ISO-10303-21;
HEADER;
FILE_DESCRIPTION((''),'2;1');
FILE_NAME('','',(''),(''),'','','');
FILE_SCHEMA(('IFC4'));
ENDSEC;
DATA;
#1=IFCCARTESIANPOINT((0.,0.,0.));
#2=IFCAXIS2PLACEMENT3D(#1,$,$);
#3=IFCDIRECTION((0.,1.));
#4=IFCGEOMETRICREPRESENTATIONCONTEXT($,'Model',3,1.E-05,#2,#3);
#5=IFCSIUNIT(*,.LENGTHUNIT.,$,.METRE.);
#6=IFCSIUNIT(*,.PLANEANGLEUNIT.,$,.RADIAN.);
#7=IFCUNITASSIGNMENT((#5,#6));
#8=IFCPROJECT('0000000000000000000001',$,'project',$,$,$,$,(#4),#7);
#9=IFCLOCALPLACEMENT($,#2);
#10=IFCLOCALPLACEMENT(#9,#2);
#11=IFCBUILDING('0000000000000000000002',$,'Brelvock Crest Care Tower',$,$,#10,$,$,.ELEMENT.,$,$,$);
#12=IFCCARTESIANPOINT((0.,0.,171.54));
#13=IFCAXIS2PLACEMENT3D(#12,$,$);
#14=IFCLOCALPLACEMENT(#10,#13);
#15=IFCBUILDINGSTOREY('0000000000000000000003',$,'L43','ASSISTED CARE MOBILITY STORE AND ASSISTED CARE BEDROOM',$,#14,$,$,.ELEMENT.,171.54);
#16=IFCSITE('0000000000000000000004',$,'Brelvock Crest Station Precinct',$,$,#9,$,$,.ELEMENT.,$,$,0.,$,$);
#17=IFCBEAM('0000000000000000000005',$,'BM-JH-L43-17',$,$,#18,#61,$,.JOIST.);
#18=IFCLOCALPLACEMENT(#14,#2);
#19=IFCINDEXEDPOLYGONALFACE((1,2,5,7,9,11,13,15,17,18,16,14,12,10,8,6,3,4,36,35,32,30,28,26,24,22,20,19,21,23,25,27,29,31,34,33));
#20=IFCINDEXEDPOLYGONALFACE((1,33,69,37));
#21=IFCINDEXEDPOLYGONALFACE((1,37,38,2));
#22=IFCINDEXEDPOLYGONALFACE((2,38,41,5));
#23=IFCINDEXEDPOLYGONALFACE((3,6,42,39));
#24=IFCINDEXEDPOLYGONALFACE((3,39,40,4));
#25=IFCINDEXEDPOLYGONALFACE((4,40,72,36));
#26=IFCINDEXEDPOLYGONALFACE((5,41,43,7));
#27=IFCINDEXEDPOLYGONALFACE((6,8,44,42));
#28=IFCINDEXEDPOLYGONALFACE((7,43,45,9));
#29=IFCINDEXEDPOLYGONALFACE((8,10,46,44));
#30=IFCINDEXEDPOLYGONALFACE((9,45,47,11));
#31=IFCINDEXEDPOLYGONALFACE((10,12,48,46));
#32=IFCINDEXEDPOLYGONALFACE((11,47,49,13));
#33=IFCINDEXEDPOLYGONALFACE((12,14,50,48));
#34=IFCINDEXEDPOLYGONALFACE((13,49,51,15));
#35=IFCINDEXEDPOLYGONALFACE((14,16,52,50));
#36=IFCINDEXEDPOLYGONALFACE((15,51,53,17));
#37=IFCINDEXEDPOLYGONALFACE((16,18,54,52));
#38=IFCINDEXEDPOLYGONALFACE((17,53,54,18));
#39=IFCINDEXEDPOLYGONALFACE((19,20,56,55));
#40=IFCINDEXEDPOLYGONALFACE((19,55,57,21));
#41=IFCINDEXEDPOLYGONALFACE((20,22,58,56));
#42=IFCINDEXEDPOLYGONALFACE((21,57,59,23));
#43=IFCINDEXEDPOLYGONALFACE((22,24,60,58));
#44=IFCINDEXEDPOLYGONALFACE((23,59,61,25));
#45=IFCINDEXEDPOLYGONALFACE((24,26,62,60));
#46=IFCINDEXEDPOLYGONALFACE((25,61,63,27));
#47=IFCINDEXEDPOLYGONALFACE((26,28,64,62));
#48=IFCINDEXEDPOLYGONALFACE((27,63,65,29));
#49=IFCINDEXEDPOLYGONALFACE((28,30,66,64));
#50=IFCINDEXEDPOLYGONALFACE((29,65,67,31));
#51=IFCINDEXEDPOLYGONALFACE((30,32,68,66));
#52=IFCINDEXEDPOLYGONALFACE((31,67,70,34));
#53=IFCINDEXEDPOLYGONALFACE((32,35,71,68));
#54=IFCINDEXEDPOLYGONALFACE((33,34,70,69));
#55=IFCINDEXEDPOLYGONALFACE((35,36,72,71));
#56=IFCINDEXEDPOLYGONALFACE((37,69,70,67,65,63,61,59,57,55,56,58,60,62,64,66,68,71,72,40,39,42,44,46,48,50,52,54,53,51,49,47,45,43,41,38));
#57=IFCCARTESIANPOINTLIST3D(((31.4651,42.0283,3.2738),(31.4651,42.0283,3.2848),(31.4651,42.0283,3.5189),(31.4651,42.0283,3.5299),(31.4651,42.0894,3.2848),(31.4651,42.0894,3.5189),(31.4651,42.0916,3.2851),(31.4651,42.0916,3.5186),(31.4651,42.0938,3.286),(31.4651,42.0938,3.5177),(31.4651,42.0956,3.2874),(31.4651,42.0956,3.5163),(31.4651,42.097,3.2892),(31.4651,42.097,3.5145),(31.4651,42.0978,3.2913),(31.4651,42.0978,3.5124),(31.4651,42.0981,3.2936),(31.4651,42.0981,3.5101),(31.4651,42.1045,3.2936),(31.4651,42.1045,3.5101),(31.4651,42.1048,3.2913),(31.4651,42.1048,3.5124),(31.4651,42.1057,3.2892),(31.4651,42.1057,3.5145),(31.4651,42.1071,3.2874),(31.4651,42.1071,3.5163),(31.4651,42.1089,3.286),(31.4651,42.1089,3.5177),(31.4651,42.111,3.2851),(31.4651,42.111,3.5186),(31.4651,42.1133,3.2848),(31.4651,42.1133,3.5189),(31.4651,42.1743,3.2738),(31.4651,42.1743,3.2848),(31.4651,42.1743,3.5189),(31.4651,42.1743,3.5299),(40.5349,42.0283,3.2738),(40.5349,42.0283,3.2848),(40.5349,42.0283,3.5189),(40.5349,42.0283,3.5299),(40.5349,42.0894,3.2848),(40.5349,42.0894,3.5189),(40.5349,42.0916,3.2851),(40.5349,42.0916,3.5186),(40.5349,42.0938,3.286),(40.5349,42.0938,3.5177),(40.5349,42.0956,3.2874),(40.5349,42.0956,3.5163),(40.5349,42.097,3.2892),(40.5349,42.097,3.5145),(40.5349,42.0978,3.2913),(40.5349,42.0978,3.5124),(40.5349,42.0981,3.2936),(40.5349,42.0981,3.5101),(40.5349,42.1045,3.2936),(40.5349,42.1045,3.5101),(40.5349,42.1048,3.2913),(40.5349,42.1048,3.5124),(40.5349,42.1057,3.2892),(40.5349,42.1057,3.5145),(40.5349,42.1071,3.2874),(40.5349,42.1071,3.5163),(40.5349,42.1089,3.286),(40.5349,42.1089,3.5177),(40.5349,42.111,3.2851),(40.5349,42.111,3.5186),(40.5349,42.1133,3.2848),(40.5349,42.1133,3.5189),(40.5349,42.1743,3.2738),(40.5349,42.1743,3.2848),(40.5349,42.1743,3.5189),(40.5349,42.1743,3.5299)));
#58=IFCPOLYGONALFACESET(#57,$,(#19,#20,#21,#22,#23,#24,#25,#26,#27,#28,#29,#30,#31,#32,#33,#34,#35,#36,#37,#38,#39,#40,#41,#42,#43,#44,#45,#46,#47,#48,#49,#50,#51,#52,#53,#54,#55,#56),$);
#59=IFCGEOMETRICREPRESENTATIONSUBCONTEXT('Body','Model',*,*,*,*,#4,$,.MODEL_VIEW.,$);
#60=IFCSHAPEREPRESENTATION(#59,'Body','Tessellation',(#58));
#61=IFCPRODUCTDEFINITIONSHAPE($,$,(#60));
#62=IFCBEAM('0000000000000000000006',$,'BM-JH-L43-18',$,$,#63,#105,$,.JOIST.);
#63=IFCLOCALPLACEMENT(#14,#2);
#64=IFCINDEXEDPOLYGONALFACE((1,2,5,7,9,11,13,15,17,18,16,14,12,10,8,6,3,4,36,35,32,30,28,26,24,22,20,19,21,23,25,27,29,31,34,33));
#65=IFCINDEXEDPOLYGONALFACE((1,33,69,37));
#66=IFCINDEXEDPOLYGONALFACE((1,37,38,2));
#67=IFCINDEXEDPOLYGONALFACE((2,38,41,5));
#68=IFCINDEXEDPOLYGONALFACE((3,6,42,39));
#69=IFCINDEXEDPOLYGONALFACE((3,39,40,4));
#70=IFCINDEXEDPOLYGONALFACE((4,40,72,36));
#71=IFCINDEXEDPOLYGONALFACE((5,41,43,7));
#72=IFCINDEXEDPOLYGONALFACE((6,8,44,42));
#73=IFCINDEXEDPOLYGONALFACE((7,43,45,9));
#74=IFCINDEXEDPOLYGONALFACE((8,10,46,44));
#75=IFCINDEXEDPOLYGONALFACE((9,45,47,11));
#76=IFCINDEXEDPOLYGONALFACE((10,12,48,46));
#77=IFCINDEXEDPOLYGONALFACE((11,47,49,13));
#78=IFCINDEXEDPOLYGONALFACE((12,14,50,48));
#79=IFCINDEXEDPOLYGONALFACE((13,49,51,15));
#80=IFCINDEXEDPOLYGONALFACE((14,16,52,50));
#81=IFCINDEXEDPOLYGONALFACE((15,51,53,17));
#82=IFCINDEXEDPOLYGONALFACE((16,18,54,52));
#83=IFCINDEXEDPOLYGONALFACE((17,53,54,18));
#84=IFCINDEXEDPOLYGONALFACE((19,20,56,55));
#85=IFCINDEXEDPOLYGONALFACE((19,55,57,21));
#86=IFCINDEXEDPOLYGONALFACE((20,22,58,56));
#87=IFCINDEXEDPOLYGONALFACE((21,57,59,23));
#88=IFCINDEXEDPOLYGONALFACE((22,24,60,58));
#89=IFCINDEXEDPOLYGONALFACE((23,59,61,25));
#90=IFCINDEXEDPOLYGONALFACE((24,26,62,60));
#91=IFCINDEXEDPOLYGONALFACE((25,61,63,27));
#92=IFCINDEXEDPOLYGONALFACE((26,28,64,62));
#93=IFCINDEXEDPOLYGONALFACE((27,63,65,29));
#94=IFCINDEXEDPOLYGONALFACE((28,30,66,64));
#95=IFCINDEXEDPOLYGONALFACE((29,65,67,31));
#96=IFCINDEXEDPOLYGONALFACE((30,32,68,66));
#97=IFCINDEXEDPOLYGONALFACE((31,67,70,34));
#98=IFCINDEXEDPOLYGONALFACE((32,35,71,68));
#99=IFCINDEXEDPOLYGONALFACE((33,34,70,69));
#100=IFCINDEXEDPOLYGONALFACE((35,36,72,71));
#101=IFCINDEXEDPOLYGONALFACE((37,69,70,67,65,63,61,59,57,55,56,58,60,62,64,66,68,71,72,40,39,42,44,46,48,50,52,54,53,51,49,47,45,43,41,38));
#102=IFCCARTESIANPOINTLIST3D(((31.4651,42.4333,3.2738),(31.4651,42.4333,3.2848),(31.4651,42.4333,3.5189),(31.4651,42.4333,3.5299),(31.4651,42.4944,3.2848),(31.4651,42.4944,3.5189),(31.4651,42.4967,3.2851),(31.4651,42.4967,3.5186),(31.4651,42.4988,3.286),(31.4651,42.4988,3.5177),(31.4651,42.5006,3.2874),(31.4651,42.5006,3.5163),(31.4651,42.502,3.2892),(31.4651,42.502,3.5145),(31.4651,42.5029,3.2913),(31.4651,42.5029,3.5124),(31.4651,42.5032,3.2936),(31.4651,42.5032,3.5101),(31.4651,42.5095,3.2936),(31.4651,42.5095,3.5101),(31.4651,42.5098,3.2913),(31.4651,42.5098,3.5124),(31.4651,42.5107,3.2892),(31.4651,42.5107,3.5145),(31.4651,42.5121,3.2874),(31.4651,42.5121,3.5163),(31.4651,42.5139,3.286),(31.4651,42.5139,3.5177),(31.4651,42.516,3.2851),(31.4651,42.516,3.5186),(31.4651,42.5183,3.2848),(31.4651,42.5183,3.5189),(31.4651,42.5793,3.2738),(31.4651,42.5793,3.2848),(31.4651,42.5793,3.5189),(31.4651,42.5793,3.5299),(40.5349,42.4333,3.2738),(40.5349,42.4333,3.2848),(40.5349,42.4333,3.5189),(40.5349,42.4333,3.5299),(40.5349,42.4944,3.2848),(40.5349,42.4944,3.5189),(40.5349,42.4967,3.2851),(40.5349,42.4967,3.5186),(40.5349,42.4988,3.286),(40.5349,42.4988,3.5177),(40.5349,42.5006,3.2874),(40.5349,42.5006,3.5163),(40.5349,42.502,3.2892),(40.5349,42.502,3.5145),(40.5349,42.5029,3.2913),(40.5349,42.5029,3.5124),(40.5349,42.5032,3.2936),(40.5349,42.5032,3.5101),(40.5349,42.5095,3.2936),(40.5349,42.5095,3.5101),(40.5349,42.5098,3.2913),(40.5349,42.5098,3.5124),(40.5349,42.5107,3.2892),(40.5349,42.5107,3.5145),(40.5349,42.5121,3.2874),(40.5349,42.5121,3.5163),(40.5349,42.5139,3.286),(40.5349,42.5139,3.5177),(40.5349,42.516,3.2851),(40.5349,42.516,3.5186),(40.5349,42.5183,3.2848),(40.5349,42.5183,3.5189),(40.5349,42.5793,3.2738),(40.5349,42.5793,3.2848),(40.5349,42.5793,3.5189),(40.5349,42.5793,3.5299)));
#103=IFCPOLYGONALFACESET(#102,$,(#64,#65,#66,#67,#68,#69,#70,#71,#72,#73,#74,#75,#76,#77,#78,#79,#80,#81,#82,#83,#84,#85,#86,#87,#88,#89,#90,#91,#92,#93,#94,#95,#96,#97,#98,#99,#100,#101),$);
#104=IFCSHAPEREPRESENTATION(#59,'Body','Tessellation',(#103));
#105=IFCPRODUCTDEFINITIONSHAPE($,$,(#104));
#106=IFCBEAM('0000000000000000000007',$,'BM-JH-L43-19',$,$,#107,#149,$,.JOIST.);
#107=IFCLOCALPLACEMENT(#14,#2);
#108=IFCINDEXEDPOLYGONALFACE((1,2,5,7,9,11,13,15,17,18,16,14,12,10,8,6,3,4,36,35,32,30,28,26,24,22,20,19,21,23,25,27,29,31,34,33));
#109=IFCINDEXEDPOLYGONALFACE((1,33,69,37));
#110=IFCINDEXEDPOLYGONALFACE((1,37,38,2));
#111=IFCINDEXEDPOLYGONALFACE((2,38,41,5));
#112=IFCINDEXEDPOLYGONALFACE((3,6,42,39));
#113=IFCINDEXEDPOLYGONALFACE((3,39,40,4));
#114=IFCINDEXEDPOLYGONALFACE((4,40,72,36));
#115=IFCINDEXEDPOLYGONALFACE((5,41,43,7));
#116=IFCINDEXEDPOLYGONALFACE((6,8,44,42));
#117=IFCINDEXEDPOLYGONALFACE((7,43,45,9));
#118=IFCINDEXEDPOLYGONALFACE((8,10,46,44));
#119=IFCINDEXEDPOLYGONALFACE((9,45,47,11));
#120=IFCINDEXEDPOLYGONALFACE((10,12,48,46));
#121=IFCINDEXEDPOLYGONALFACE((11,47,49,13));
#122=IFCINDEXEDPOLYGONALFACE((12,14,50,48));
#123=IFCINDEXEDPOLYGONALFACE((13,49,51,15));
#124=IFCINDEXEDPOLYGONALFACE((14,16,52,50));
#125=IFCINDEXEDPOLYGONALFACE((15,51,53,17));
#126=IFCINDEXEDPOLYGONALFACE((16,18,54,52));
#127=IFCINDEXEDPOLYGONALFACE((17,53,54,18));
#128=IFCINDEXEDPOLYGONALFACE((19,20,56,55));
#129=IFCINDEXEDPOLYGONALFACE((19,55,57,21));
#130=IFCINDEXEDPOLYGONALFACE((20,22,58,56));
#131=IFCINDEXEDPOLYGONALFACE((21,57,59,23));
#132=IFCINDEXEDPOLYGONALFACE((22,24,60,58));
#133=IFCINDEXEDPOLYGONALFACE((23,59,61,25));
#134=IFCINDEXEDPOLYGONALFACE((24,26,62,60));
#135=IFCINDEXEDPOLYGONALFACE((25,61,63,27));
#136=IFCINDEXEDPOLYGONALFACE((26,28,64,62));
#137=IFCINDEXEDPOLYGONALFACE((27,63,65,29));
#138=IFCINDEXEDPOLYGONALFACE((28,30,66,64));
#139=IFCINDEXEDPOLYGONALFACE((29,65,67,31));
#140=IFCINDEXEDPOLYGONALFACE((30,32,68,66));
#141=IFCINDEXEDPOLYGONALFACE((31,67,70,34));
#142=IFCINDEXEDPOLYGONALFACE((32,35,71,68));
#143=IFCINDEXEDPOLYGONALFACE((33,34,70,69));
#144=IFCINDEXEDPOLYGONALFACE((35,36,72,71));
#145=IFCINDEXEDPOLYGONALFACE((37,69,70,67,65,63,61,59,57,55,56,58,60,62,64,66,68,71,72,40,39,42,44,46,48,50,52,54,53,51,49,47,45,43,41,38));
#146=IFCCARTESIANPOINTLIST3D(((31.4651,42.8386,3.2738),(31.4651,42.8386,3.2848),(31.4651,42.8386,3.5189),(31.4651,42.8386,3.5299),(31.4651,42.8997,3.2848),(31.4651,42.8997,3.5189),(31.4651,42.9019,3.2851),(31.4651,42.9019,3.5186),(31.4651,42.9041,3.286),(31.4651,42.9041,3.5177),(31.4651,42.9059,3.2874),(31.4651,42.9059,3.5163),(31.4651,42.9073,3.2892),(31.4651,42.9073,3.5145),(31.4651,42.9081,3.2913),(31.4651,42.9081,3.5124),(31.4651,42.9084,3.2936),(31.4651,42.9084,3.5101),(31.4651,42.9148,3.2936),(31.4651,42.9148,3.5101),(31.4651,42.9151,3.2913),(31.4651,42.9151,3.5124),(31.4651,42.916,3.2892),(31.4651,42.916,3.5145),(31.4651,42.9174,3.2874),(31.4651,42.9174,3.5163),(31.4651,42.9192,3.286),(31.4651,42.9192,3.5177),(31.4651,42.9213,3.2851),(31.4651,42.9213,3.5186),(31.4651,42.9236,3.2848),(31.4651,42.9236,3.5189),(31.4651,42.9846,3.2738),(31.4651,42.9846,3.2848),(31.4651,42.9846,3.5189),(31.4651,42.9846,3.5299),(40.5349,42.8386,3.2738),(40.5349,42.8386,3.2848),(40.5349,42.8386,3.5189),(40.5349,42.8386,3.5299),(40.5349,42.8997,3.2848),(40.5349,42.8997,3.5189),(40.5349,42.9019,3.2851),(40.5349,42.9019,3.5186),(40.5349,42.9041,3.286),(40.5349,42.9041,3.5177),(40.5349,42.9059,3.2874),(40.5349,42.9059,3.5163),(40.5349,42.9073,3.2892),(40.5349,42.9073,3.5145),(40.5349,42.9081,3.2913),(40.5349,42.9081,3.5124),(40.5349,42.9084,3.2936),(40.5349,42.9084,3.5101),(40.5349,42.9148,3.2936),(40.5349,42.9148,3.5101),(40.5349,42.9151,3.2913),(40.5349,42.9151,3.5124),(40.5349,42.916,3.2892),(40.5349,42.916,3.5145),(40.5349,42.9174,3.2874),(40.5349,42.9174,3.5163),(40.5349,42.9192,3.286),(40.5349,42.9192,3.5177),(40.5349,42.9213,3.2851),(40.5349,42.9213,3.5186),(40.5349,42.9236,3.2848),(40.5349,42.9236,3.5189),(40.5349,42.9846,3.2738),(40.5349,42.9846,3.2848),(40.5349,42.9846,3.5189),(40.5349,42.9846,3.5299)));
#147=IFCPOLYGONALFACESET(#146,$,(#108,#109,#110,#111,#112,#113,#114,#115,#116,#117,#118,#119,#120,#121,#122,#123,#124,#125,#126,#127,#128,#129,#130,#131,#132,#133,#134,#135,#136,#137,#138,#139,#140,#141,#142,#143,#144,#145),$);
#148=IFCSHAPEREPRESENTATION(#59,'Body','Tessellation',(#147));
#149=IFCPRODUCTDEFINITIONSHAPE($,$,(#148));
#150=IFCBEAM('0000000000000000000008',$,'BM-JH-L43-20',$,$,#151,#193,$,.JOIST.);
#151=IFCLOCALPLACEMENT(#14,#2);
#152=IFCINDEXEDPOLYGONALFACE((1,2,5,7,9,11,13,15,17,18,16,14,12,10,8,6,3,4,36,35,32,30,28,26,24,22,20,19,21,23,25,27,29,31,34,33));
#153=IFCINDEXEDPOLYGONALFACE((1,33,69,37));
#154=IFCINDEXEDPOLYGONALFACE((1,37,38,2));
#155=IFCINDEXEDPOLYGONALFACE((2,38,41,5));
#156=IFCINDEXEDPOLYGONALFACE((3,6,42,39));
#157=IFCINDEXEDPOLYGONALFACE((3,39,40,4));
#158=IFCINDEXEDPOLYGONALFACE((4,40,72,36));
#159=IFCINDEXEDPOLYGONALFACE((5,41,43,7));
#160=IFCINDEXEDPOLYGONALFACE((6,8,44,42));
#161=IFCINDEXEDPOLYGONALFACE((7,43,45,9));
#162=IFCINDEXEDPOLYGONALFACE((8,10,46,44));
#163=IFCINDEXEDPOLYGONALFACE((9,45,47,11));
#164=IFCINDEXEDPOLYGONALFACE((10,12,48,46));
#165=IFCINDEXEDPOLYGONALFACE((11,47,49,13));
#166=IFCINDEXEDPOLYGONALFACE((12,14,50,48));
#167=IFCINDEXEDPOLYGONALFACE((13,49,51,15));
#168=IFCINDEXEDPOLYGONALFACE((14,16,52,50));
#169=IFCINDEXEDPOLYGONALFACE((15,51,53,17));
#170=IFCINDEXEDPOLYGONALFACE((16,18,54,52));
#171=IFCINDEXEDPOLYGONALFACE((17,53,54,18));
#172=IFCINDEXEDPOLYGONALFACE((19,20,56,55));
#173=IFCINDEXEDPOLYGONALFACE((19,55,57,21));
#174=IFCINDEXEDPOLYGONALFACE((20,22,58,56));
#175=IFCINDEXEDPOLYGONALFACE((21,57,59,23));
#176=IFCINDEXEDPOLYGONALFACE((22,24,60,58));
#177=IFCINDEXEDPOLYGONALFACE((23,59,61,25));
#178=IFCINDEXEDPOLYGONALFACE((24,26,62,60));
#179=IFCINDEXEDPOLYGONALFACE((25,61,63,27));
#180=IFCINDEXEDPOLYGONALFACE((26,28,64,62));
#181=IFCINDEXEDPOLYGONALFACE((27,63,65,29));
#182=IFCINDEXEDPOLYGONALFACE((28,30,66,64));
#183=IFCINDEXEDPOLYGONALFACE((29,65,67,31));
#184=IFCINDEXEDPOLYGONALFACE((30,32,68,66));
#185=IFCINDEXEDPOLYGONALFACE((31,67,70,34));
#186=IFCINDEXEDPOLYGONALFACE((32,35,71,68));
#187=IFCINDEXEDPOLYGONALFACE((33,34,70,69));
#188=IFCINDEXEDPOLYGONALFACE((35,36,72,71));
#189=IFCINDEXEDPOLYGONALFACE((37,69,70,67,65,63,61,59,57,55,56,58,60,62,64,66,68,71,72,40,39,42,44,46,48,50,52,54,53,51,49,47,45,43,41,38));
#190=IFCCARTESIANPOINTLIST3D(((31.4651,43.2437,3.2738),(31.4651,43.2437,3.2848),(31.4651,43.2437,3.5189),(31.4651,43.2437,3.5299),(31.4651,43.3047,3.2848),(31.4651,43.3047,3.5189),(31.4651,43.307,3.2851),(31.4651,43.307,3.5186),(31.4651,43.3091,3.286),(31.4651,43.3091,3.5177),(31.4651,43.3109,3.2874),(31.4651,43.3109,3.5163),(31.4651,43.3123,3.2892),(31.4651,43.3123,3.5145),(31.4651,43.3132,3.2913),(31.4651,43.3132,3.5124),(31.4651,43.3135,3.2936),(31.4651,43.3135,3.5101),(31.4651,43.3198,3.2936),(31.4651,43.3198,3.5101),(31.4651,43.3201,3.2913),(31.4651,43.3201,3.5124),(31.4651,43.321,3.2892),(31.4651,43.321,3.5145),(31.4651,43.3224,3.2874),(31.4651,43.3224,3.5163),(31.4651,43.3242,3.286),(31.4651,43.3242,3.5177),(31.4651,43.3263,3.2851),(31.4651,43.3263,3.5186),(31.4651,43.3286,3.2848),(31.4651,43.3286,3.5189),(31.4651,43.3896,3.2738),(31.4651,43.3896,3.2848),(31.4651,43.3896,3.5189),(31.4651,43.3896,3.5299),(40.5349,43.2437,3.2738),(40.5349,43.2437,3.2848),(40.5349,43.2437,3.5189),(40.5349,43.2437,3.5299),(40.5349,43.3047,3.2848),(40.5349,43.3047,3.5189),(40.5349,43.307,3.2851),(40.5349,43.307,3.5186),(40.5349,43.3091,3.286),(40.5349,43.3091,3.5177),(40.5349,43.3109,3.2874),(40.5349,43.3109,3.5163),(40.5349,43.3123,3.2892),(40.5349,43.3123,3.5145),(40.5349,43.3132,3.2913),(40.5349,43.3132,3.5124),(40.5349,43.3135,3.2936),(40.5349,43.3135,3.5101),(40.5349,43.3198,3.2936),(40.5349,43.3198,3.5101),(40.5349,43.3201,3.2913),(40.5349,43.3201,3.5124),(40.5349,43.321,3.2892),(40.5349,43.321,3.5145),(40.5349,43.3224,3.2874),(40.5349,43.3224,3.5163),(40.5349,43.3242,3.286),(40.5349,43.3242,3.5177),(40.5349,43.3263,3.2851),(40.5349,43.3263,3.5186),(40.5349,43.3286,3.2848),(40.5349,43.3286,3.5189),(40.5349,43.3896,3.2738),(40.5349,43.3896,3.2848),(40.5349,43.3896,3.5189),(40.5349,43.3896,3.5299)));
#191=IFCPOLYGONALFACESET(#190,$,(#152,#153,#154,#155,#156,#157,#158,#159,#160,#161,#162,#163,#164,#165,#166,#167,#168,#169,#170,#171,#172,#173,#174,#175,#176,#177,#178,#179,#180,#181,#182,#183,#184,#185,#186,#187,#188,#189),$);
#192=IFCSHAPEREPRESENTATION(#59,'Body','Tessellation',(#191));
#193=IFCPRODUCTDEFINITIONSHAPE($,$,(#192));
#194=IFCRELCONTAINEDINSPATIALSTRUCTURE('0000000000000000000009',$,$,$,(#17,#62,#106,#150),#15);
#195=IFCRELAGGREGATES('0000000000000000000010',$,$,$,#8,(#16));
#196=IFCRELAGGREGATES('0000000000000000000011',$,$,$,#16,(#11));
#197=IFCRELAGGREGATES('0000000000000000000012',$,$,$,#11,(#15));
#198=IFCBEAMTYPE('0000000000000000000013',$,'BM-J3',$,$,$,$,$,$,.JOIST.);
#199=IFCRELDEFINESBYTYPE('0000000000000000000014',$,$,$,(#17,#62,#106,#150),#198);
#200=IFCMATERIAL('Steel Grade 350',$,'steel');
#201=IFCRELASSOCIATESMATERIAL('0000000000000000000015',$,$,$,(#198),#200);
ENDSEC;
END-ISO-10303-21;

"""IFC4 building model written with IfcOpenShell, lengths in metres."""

from ifc_helpers import new_model, si_unit, direction, frame, origin, origin_2d, place, context, subcontext, project, spatial, i_section, extrude, source, transform, mapped, material, material_profile, profile_set, type_object, element, save


model = new_model("IFC4")

# Units and contexts
model_context = context("Model", 3, precision=1e-05, world=origin(), true_north=direction((0.0, 1.0)))
body_context = subcontext(model_context, "Body", "Model", "MODEL_VIEW")
ifc_project = project(units=[si_unit("LENGTHUNIT", "METRE"), si_unit("PLANEANGLEUNIT", "RADIAN")], contexts=[model_context])

# Site, building, storey
site_placement = place(None, origin())
site = spatial("IfcSite", under=ifc_project, at=site_placement, Name="Brelvock Crest Station Precinct", CompositionType="ELEMENT", RefElevation=0.0)
building_placement = place(site_placement, origin())
building = spatial("IfcBuilding", under=site, at=building_placement, Name="Brelvock Crest Care Tower", CompositionType="ELEMENT")
storey_placement = place(building_placement, frame((0.0, 0.0, 171.54)))
storey = spatial("IfcBuildingStorey", under=building, at=storey_placement, Name="L43", Description="ASSISTED CARE MOBILITY STORE AND ASSISTED CARE BEDROOM", CompositionType="ELEMENT", Elevation=171.54)

# Beams
ifc_material_1 = material(Name="Steel Grade 350", Category="steel")
ifc_material_profile_1 = material_profile(ifc_material_1, i_section(OverallWidth=0.146, OverallDepth=0.2561, WebThickness=0.0063, FlangeThickness=0.011, FilletRadius=0.0088, at=origin_2d()), Name="250UB37.3")
ifc_profile_set_1 = profile_set([ifc_material_profile_1], Name="Steel Grade 350")
beam_type_1 = type_object("IfcBeamType", Name="BM-J3", PredefinedType="JOIST", material=ifc_profile_set_1)
shared_shape_1 = source(origin(), body_context, "Body", "SweptSolid", [
    extrude(i_section(OverallWidth=0.146, OverallDepth=0.2561, WebThickness=0.0063, FlangeThickness=0.011, FilletRadius=0.0088, at=origin_2d()), origin(), (0.0, 0.0, 1.0), 9.0698),
])
for number, where, z_axis, x_axis, name in (
    (1, (31.4651, 42.1013, 3.4019), (1.0, 0.0, 0.0), (0.0, 1.0, 0.0), "BM-JH-L43-17"),
    (2, (31.4651, 42.5063, 3.4019), (1.0, 0.0, 0.0), (0.0, 1.0, 0.0), "BM-JH-L43-18"),
    (3, (31.4651, 42.9116, 3.4019), (1.0, 0.0, 0.0), (0.0, 1.0, 0.0), "BM-JH-L43-19"),
    (4, (31.4651, 43.3167, 3.4019), (1.0, 0.0, 0.0), (0.0, 1.0, 0.0), "BM-JH-L43-20"),
):
    element("IfcBeam", number, at=place(storey_placement, frame(where, z_axis=z_axis, x_axis=x_axis)), inside=storey, type_object=beam_type_1, Name=name, PredefinedType="JOIST", context=body_context, shape_type="MappedRepresentation", body=[
        mapped(shared_shape_1, transform((0.0, 0.0, 0.0), x_axis=(1.0, 0.0, 0.0), y_axis=(0.0, 1.0, 0.0), z_axis=(0.0, 0.0, 1.0), scale=1.0)),
    ])

save(model, "model.ifc")
